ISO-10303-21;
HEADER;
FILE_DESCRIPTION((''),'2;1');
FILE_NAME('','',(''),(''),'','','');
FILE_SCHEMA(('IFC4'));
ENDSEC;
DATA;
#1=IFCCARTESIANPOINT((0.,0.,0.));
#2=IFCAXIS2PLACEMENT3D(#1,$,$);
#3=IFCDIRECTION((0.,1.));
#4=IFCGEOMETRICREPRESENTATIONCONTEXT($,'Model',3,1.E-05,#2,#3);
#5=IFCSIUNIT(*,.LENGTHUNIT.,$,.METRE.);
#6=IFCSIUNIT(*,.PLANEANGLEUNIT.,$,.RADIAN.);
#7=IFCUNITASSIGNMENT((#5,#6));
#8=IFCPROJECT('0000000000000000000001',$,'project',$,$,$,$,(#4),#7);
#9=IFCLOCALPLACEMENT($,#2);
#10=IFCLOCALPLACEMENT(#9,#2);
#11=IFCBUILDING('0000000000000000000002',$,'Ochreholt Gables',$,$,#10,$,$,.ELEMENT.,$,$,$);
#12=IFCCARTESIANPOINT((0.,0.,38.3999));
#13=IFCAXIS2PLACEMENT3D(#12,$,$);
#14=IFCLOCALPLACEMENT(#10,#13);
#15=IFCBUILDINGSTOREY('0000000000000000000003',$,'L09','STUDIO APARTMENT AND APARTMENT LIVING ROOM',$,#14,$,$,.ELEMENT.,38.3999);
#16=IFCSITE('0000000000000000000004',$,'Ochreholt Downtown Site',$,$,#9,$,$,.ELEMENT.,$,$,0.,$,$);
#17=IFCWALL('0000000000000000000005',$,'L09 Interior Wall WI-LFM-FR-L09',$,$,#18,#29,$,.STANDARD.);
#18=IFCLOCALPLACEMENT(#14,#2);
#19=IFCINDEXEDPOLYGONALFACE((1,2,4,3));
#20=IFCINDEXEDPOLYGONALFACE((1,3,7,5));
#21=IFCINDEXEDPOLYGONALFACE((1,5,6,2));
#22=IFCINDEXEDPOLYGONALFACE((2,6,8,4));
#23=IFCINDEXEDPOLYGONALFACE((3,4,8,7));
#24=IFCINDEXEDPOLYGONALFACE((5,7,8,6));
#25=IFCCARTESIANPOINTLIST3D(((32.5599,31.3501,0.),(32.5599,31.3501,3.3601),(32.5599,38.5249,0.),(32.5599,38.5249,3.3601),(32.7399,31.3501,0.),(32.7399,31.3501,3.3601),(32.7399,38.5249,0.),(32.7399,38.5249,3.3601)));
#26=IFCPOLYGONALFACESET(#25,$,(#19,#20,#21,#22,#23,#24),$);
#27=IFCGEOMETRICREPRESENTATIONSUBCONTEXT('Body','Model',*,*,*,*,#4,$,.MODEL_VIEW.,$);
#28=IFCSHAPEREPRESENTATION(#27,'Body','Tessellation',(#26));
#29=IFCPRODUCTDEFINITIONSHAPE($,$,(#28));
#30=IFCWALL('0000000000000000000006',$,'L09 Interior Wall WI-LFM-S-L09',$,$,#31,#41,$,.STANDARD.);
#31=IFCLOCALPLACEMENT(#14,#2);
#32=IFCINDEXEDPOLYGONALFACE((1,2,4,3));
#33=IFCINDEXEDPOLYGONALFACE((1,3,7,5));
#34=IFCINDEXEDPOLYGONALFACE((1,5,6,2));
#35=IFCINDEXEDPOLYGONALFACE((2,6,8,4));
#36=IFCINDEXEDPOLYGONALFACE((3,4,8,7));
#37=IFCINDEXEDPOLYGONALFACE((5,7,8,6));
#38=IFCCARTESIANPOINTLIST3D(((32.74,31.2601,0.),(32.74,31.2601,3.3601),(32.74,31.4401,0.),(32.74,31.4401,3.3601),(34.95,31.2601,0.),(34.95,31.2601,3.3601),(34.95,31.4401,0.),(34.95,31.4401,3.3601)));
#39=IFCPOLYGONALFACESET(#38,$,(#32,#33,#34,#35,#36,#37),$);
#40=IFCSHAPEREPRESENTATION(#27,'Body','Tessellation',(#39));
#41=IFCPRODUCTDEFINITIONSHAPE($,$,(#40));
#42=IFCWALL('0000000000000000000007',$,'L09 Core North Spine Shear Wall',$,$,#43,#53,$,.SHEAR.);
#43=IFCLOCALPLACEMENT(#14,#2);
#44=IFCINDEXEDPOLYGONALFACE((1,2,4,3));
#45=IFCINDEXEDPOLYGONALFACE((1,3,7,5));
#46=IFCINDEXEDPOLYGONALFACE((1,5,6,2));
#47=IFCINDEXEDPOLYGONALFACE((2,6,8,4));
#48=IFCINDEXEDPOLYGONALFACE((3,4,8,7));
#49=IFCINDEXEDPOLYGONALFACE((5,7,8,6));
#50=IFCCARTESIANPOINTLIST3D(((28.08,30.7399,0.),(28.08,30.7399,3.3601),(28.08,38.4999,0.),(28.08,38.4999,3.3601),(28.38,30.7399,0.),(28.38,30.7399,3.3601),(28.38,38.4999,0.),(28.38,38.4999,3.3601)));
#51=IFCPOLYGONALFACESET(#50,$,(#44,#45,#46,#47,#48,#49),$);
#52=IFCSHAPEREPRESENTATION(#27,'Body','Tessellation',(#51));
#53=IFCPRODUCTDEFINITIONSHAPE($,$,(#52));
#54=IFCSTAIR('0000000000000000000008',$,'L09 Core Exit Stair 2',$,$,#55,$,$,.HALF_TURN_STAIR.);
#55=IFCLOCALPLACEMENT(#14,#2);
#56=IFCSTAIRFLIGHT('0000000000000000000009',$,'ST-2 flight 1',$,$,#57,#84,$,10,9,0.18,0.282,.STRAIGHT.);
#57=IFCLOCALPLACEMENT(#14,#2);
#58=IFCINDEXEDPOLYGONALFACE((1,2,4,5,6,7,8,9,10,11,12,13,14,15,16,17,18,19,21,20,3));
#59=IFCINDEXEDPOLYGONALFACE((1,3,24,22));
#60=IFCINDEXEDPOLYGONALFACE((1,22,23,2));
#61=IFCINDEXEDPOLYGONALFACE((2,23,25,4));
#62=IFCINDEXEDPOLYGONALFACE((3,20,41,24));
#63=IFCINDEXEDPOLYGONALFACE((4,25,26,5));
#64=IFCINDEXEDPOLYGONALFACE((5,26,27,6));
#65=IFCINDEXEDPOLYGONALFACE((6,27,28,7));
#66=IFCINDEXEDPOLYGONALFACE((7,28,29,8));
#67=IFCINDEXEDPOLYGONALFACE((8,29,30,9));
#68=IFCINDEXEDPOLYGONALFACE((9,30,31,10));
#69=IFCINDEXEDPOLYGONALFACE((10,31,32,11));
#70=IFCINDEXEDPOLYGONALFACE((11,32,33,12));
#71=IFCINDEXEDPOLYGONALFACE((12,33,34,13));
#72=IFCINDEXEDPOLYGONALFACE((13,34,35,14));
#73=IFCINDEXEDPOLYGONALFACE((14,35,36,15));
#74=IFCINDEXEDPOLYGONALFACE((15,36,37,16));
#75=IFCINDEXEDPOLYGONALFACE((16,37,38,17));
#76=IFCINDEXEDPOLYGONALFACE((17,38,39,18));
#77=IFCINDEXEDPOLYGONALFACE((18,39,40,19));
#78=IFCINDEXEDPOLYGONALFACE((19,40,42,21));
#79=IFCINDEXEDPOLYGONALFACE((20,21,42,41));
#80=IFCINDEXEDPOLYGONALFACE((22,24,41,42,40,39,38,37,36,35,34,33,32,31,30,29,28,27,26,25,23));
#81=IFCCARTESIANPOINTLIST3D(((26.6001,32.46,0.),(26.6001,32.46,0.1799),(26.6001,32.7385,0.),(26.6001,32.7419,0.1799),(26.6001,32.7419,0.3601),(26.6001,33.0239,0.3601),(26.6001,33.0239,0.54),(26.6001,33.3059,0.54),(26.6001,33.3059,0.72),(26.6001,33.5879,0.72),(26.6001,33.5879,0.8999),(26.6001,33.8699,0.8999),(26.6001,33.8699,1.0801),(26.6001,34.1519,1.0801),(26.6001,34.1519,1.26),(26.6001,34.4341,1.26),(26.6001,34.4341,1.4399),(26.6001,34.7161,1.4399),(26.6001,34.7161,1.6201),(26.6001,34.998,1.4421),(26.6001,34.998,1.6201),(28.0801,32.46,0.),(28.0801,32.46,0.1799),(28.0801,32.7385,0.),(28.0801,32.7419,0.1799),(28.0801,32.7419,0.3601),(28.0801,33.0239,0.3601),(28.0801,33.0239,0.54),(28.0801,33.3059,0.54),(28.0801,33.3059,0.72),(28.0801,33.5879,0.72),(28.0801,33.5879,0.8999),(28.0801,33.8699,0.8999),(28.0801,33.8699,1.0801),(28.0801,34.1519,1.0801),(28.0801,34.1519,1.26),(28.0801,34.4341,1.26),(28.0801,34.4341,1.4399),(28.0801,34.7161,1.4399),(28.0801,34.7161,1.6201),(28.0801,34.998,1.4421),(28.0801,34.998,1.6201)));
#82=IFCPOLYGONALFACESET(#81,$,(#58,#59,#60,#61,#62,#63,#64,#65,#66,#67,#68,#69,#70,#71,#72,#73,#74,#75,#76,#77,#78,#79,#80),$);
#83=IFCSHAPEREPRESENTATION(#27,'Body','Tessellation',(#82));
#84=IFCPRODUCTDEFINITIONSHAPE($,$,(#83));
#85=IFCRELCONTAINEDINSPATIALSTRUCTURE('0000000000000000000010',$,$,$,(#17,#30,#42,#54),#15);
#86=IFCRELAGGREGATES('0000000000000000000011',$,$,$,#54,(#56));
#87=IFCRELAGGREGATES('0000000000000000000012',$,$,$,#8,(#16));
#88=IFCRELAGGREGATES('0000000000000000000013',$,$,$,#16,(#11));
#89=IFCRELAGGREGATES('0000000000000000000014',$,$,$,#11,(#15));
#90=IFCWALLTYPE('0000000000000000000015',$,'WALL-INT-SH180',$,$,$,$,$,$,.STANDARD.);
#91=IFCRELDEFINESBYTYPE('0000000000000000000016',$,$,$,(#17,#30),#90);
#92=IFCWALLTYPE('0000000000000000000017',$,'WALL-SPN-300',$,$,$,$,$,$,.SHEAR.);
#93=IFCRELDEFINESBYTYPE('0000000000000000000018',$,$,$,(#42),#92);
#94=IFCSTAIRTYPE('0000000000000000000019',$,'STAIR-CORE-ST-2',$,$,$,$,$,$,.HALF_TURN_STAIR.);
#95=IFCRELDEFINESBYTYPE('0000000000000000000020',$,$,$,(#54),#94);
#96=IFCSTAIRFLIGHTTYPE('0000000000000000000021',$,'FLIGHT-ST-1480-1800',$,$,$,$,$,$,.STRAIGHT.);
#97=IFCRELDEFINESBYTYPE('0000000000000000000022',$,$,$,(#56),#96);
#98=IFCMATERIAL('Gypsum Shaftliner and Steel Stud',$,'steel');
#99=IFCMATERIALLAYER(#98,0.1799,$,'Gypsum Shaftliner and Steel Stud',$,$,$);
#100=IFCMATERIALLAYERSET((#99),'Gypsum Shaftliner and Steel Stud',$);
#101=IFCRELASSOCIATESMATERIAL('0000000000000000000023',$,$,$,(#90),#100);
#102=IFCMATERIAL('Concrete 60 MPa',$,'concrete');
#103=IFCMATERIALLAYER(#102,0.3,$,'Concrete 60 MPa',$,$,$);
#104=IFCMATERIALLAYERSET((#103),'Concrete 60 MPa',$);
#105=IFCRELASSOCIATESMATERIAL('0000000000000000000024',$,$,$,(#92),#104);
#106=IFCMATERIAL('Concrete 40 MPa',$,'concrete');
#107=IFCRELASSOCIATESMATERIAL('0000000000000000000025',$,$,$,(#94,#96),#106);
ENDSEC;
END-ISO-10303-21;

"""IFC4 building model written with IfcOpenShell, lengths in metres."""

from ifc_helpers import new_model, si_unit, direction, frame, frame_2d, origin, place, context, subcontext, project, spatial, polyline, rectangle, outline, extrude, material, layer, layer_set, type_object, element, aggregate, save


model = new_model("IFC4")

# Units and contexts
model_context = context("Model", 3, precision=1e-05, world=origin(), true_north=direction((0.0, 1.0)))
body_context = subcontext(model_context, "Body", "Model", "MODEL_VIEW")
ifc_project = project(units=[si_unit("LENGTHUNIT", "METRE"), si_unit("PLANEANGLEUNIT", "RADIAN")], contexts=[model_context])

# Site, building, storey
site_placement = place(None, origin())
site = spatial("IfcSite", under=ifc_project, at=site_placement, Name="Ochreholt Downtown Site", CompositionType="ELEMENT", RefElevation=0.0)
building_placement = place(site_placement, origin())
building = spatial("IfcBuilding", under=site, at=building_placement, Name="Ochreholt Gables", CompositionType="ELEMENT")
storey_placement = place(building_placement, frame((0.0, 0.0, 38.3999)))
storey = spatial("IfcBuildingStorey", under=building, at=storey_placement, Name="L09", Description="STUDIO APARTMENT AND APARTMENT LIVING ROOM", CompositionType="ELEMENT", Elevation=38.3999)

# Shared definitions
ifc_material_1 = material(Name="Concrete 60 MPa", Category="concrete")

# Shared definitions
ifc_material_2 = material(Name="Concrete 40 MPa", Category="concrete")

# Walls
ifc_material_3 = material(Name="Gypsum Shaftliner and Steel Stud", Category="steel")
ifc_layer_1 = layer(ifc_material_3, 0.1799, Name="Gypsum Shaftliner and Steel Stud")
ifc_layer_set_1 = layer_set([ifc_layer_1], Name="Gypsum Shaftliner and Steel Stud")
wall_type_1 = type_object("IfcWallType", Name="WALL-INT-SH180", PredefinedType="STANDARD", material=ifc_layer_set_1)
wall_1_placement = place(storey_placement, frame((32.6499, 31.3501, 0.0), z_axis=(0.0, 0.0, 1.0), x_axis=(0.0, 1.0, 0.0)))
element("IfcWall", 1, at=wall_1_placement, inside=storey, type_object=wall_type_1, Name="L09 Interior Wall WI-LFM-FR-L09", PredefinedType="STANDARD", context=body_context, shape_type="SweptSolid", body=[
    extrude(rectangle(XDim=7.1748, YDim=0.1799, at=frame_2d((3.5874, 0.0))), origin(), (0.0, 0.0, 1.0), 3.3601),
])
wall_2_placement = place(storey_placement, frame((32.74, 31.3501, 0.0), z_axis=(0.0, 0.0, 1.0), x_axis=(1.0, 0.0, 0.0)))
element("IfcWall", 2, at=wall_2_placement, inside=storey, type_object=wall_type_1, Name="L09 Interior Wall WI-LFM-S-L09", PredefinedType="STANDARD", context=body_context, shape_type="SweptSolid", body=[
    extrude(rectangle(XDim=2.21, YDim=0.1799, at=frame_2d((1.105, 0.0))), origin(), (0.0, 0.0, 1.0), 3.3601),
])
ifc_layer_2 = layer(ifc_material_1, 0.3, Name="Concrete 60 MPa")
ifc_layer_set_2 = layer_set([ifc_layer_2], Name="Concrete 60 MPa")
wall_type_2 = type_object("IfcWallType", Name="WALL-SPN-300", PredefinedType="SHEAR", material=ifc_layer_set_2)
wall_3_placement = place(storey_placement, frame((28.23, 30.74, 0.0), z_axis=(0.0, 0.0, 1.0), x_axis=(0.0, 1.0, 0.0)))
element("IfcWall", 3, at=wall_3_placement, inside=storey, type_object=wall_type_2, Name="L09 Core North Spine Shear Wall", PredefinedType="SHEAR", context=body_context, shape_type="SweptSolid", body=[
    extrude(rectangle(XDim=7.76, YDim=0.3, at=frame_2d((3.8799, 0.0))), origin(), (0.0, 0.0, 1.0), 3.3601),
])

# Stair, stair flight
stair_type = type_object("IfcStairType", Name="STAIR-CORE-ST-2", PredefinedType="HALF_TURN_STAIR", material=ifc_material_2)
stair_placement = place(storey_placement, origin())
stair = element("IfcStair", 4, at=stair_placement, inside=storey, type_object=stair_type, Name="L09 Core Exit Stair 2", PredefinedType="HALF_TURN_STAIR")
stair_flight_type = type_object("IfcStairFlightType", Name="FLIGHT-ST-1480-1800", PredefinedType="STRAIGHT", material=ifc_material_2)
stair_flight_placement = place(storey_placement, frame((27.3401, 32.46, 0.0), z_axis=(0.0, 0.0, 1.0), x_axis=(0.0, 1.0, 0.0)))
stair_flight = element("IfcStairFlight", 5, at=stair_flight_placement, type_object=stair_flight_type, Name="ST-2 flight 1", NumberOfRisers=10, NumberOfTreads=9, PredefinedType="STRAIGHT", RiserHeight=0.18, TreadLength=0.282, context=body_context, shape_type="SweptSolid", body=[
    extrude(outline(polyline([(0.0, 0.0), (0.0, 0.1799), (0.282, 0.1799), (0.282, 0.3601), (0.564, 0.3601), (0.564, 0.54), (0.8459, 0.54), (0.8459, 0.72), (1.1279, 0.72), (1.1279, 0.8999), (1.4099, 0.8999), (1.4099, 1.0801), (1.6919, 1.0801), (1.6919, 1.26), (1.9741, 1.26), (1.9741, 1.4399), (2.2561, 1.4399), (2.2561, 1.6201), (2.5381, 1.6201), (2.5381, 1.8), (2.5381, 1.4421), (0.2786, 0.0), (0.0, 0.0)])), frame((0.0, 0.74, 0.0), z_axis=(0.0, -1.0, 0.0), x_axis=(1.0, 0.0, 0.0)), (0.0, 0.0, 1.0), 1.48),
])
aggregate(stair, [stair_flight])

save(model, "model.ifc")
